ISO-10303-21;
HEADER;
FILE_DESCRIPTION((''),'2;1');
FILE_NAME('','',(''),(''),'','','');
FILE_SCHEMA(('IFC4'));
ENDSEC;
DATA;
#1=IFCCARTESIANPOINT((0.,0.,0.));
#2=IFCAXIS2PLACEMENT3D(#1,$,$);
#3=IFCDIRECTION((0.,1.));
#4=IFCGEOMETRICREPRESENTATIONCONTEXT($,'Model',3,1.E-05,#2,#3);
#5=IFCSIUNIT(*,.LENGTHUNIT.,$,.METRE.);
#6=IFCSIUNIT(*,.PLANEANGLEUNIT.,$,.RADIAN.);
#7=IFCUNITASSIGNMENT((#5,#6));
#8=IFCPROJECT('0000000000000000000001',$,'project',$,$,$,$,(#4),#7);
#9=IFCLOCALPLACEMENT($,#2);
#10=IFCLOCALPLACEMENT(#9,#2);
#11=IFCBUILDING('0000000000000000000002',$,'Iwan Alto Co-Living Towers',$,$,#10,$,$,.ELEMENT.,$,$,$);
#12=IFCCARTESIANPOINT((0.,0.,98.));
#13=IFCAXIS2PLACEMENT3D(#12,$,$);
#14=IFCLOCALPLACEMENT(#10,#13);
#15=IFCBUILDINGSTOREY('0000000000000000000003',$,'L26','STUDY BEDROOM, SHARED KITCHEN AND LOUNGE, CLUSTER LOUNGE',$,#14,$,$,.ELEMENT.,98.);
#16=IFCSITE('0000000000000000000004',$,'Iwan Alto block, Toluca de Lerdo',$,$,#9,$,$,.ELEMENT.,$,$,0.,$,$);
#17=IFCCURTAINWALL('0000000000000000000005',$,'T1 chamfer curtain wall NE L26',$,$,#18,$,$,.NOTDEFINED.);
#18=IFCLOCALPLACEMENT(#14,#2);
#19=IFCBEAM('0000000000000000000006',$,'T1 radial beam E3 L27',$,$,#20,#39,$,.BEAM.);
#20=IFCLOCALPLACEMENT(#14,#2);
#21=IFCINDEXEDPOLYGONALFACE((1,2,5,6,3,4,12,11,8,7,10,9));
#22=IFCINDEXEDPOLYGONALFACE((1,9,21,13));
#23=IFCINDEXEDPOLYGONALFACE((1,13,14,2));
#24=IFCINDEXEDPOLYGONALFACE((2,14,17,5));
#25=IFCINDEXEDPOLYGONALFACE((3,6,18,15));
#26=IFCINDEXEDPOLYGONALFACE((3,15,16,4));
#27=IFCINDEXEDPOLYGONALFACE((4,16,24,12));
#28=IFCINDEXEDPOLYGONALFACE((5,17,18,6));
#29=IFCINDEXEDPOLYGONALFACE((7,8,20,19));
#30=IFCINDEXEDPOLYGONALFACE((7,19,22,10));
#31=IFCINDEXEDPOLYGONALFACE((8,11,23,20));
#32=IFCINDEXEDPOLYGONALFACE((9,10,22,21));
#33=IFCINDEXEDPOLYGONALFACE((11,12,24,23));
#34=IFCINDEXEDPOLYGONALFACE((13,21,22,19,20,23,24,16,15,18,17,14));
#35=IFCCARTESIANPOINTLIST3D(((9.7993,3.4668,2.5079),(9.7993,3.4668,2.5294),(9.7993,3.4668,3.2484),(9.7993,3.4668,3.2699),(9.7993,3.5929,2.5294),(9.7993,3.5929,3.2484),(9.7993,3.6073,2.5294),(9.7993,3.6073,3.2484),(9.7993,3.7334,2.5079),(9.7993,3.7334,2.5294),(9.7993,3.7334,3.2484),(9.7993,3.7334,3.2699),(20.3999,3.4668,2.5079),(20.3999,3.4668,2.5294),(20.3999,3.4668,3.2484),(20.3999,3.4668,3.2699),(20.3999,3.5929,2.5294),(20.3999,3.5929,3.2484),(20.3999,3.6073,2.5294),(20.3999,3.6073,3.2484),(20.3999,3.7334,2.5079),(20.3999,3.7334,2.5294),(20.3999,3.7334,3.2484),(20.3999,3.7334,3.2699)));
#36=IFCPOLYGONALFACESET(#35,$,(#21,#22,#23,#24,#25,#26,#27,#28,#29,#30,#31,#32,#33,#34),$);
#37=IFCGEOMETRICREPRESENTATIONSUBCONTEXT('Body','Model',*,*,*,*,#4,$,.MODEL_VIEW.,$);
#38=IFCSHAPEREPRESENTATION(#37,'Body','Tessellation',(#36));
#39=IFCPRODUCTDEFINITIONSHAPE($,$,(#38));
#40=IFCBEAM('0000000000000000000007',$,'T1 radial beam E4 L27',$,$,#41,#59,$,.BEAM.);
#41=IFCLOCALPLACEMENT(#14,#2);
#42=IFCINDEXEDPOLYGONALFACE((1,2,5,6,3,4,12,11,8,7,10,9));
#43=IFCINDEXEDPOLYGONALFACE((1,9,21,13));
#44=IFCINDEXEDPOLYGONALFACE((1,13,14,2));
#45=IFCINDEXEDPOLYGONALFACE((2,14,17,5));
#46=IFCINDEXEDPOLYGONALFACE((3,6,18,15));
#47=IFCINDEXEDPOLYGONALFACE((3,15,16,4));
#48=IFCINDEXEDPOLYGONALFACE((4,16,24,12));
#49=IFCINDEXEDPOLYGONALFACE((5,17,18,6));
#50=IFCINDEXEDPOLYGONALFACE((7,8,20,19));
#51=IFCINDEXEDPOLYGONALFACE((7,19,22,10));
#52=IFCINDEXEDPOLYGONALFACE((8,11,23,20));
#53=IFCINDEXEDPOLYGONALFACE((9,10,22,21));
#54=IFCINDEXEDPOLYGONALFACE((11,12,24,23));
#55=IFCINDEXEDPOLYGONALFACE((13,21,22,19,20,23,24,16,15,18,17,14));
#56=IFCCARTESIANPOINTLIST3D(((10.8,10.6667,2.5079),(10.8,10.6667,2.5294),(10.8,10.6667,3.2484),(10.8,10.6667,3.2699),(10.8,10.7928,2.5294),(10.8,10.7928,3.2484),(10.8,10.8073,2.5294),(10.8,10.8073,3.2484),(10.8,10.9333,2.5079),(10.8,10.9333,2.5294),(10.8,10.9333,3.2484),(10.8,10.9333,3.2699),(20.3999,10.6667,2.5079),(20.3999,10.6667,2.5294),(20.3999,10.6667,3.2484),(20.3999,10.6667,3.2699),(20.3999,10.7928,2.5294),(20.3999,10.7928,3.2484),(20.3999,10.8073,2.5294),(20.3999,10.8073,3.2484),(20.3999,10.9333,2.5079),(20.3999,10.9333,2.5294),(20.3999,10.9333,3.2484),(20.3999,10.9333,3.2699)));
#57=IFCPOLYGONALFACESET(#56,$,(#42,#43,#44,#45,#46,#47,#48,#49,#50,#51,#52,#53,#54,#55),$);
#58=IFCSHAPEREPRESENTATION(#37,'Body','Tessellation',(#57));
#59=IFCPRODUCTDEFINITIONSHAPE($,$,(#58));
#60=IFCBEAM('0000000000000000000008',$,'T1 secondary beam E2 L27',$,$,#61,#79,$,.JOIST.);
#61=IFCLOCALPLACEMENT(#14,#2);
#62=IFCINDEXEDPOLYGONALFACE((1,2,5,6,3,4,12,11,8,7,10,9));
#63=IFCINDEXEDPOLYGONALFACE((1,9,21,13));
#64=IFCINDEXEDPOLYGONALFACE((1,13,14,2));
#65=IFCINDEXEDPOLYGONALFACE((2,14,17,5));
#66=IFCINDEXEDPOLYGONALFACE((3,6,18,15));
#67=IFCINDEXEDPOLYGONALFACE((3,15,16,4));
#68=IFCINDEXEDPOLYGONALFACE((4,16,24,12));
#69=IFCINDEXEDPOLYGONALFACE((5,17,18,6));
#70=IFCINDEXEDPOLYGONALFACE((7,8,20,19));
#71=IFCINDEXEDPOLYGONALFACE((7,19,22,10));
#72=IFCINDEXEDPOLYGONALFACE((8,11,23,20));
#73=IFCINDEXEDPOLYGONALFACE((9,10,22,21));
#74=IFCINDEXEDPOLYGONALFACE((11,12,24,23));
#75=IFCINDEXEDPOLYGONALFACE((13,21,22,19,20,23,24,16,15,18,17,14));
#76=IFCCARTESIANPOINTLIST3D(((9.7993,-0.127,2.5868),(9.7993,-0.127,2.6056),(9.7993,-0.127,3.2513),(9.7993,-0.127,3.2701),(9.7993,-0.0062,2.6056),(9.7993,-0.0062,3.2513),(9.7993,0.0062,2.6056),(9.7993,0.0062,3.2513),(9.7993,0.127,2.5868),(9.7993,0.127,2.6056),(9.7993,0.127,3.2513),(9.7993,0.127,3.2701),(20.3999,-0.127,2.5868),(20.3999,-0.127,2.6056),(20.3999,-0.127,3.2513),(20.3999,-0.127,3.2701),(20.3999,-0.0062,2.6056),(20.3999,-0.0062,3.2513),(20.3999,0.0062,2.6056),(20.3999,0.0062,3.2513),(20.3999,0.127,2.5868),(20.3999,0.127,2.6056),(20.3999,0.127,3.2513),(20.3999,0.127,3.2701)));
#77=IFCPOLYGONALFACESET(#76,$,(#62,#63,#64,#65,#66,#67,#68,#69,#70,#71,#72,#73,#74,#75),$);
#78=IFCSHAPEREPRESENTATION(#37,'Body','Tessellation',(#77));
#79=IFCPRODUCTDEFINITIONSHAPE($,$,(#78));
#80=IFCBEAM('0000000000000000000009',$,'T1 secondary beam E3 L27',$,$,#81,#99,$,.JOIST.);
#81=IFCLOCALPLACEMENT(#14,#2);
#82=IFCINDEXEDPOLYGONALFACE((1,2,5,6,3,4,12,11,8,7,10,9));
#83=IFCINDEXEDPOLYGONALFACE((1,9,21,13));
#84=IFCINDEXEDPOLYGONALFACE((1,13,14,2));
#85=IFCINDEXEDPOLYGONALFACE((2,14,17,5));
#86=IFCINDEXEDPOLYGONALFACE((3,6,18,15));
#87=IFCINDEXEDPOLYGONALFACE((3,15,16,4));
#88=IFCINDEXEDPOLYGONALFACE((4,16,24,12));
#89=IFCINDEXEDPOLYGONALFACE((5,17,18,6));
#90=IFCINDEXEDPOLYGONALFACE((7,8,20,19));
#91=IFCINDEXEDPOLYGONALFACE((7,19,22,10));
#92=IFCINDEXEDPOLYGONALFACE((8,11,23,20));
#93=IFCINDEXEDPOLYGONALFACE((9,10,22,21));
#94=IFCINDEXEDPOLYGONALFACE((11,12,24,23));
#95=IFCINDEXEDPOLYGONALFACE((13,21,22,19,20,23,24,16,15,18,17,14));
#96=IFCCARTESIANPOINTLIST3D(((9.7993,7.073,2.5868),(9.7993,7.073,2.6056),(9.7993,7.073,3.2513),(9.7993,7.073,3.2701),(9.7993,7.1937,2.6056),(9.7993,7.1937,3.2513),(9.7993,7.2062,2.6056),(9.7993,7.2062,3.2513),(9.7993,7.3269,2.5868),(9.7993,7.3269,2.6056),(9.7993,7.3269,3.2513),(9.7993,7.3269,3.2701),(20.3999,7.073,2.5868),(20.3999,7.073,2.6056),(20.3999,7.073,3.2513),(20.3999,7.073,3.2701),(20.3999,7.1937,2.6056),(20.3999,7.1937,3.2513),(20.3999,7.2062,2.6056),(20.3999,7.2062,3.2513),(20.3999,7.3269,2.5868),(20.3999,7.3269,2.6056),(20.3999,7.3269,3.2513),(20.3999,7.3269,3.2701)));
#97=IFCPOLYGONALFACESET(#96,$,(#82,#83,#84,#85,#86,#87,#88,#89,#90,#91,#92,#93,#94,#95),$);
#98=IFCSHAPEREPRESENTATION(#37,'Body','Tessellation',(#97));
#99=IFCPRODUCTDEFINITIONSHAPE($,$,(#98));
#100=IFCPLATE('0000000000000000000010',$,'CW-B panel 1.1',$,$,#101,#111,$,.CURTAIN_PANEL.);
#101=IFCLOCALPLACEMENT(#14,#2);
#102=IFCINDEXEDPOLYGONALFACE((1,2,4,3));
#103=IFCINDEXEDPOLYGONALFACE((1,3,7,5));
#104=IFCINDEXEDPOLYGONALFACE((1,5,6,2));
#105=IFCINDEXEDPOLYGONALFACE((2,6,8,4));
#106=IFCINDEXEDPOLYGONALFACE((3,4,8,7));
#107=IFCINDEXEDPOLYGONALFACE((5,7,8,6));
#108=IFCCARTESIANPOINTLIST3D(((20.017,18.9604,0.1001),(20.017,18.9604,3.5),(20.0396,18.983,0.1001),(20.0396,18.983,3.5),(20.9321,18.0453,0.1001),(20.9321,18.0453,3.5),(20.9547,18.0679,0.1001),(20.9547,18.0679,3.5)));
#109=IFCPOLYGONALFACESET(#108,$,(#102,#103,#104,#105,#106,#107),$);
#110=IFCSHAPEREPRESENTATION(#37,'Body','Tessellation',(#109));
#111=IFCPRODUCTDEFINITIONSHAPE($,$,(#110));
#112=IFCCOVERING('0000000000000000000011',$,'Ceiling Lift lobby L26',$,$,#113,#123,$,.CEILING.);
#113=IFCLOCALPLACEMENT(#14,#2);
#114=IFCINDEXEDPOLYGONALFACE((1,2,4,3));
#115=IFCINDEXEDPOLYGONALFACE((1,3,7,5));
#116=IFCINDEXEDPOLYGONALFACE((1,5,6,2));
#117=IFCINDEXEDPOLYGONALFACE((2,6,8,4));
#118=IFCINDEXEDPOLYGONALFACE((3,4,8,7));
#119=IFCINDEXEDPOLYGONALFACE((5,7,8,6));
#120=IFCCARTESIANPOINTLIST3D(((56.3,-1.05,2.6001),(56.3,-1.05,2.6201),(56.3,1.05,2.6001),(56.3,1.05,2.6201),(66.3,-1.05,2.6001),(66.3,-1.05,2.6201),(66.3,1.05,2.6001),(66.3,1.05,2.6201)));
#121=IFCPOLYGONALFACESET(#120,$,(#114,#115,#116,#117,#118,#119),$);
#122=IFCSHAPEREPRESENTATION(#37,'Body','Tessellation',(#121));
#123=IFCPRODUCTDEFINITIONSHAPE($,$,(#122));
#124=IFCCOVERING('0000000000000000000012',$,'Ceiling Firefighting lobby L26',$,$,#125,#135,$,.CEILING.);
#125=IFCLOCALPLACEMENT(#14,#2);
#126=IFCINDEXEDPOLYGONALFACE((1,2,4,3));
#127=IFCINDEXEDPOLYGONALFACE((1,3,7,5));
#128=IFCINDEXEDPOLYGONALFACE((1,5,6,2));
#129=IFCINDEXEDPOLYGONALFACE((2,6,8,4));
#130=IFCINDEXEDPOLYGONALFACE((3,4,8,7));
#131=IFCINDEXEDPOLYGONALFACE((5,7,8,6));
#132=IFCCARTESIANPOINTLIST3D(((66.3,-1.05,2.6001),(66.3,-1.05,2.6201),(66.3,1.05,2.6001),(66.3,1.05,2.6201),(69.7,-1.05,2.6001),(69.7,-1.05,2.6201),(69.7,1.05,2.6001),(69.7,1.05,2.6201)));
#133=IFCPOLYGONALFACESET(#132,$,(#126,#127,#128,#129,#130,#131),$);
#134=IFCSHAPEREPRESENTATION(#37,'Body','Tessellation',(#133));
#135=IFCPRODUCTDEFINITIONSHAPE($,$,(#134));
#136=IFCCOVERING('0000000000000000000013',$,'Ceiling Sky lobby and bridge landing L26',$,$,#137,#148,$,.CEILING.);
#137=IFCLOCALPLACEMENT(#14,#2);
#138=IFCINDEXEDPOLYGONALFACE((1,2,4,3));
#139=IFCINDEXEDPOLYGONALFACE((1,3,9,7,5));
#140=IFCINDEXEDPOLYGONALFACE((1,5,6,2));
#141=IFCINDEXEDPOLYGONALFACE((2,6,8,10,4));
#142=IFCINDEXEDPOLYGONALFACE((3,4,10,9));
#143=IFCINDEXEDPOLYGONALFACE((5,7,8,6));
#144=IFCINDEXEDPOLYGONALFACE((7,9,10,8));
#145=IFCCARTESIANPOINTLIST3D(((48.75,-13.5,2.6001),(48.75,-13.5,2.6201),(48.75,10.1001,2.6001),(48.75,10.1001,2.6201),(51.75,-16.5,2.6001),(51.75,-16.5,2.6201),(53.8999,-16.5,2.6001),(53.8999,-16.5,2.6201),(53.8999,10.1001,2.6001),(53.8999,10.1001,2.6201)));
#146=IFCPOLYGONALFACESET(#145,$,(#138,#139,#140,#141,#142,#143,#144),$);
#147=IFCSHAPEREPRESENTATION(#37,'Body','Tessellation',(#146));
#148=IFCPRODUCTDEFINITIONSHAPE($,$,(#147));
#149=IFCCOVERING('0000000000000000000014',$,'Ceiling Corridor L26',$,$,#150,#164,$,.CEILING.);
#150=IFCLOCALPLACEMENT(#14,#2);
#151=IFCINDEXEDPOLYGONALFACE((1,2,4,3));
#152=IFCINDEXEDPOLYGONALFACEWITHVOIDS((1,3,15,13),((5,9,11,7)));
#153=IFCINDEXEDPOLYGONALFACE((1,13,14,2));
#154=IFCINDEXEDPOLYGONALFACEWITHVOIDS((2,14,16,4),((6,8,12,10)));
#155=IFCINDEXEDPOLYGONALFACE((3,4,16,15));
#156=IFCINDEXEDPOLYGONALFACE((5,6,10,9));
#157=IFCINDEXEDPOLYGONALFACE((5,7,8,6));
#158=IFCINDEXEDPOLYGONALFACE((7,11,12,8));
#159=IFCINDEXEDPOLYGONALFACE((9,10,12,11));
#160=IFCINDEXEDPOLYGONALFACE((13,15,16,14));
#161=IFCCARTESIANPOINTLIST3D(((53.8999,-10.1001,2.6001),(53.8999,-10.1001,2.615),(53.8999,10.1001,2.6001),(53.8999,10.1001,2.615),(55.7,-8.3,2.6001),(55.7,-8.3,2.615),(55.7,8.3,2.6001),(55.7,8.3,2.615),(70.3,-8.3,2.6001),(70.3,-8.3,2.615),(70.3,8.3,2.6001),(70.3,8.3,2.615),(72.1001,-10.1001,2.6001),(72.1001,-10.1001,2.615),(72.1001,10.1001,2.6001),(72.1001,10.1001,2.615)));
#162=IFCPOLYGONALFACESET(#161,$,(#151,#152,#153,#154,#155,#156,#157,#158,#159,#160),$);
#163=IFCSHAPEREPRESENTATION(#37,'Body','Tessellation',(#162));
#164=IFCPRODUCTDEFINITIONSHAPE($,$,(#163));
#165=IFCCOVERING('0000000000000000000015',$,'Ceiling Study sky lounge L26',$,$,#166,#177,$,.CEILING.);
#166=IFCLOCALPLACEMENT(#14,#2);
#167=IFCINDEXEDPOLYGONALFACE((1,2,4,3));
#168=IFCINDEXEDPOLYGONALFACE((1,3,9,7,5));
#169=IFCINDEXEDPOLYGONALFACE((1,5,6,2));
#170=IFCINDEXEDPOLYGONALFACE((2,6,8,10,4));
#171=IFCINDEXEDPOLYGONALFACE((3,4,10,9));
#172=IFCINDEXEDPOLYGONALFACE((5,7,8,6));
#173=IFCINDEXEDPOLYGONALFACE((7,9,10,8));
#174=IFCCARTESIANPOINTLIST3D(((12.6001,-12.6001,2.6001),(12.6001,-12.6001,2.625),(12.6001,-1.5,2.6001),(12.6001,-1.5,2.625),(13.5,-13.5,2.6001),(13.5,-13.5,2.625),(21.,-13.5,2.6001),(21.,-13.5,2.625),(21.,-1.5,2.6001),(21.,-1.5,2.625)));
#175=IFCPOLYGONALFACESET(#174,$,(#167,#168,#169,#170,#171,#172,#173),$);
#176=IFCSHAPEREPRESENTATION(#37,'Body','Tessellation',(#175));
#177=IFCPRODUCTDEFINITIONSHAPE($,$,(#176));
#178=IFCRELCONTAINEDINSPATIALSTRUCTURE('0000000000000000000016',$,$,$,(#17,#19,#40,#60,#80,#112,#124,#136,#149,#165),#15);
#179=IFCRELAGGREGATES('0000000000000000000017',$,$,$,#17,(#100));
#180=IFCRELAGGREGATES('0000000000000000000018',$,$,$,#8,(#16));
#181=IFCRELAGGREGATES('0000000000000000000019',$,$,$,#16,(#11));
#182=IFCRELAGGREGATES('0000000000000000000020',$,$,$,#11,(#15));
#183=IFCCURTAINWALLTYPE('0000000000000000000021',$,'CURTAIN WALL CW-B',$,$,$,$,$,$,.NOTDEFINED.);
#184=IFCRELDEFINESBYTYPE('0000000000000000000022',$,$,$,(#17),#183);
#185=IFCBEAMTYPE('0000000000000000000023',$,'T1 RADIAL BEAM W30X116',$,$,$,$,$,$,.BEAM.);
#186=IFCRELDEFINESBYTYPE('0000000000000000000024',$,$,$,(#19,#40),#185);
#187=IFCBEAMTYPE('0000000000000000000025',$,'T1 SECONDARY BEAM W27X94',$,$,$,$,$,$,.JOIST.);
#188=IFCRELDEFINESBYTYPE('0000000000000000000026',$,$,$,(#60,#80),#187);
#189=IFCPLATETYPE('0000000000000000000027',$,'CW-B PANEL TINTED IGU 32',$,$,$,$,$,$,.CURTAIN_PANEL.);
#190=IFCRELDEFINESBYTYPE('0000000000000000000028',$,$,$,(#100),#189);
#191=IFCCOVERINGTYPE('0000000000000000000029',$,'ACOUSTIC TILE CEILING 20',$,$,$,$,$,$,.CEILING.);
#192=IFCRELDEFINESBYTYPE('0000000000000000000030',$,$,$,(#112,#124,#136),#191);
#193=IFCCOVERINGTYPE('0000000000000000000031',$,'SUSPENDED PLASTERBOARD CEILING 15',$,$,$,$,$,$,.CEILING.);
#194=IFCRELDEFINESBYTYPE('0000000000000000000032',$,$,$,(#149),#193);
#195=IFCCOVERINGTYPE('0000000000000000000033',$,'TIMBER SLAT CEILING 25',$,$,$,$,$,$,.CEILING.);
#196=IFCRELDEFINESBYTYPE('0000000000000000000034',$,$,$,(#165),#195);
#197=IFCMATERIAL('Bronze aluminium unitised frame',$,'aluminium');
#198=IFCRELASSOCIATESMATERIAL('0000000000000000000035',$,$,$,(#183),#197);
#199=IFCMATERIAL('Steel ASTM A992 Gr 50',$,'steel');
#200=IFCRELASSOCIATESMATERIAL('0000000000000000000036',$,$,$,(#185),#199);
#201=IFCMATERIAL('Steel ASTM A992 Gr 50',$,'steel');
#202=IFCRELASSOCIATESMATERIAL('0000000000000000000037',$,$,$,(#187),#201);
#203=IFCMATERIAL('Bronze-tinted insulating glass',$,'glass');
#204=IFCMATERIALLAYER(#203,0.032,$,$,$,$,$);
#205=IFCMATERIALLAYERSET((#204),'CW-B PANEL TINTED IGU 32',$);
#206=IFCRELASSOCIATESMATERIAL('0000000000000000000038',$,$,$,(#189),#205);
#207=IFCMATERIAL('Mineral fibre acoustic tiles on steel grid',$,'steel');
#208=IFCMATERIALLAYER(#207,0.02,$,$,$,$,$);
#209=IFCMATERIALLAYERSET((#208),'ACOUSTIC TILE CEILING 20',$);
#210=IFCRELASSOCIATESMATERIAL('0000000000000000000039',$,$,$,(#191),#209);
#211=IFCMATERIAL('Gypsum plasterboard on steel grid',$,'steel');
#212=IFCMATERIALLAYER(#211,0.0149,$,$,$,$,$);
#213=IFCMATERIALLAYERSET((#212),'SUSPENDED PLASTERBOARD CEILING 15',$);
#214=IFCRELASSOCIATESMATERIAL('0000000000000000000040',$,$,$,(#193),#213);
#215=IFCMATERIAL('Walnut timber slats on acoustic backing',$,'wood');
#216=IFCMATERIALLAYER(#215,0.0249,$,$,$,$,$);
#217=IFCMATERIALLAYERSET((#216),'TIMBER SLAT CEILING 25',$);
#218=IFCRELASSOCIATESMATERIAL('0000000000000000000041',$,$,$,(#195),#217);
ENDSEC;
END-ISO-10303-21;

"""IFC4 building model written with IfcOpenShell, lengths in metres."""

from ifc_helpers import new_model, si_unit, direction, frame, origin, origin_2d, place, context, subcontext, project, spatial, polyline, rectangle, i_section, outline, extrude, material, layer, layer_set, material_profile, profile_set, type_object, element, aggregate, save


model = new_model("IFC4")

# Units and contexts
model_context = context("Model", 3, precision=1e-05, world=origin(), true_north=direction((0.0, 1.0)))
body_context = subcontext(model_context, "Body", "Model", "MODEL_VIEW")
ifc_project = project(units=[si_unit("LENGTHUNIT", "METRE"), si_unit("PLANEANGLEUNIT", "RADIAN")], contexts=[model_context])

# Site, building, storey
site_placement = place(None, origin())
site = spatial("IfcSite", under=ifc_project, at=site_placement, Name="Iwan Alto block, Toluca de Lerdo", CompositionType="ELEMENT", RefElevation=0.0)
building_placement = place(site_placement, origin())
building = spatial("IfcBuilding", under=site, at=building_placement, Name="Iwan Alto Co-Living Towers", CompositionType="ELEMENT")
storey_placement = place(building_placement, frame((0.0, 0.0, 98.0)))
storey = spatial("IfcBuildingStorey", under=building, at=storey_placement, Name="L26", Description="STUDY BEDROOM, SHARED KITCHEN AND LOUNGE, CLUSTER LOUNGE", CompositionType="ELEMENT", Elevation=98.0)

# Curtain wall
ifc_material_1 = material(Name="Bronze aluminium unitised frame", Category="aluminium")
curtain_wall_type = type_object("IfcCurtainWallType", Name="CURTAIN WALL CW-B", PredefinedType="NOTDEFINED", material=ifc_material_1)
curtain_wall_placement = place(storey_placement, origin())
curtain_wall = element("IfcCurtainWall", 1, at=curtain_wall_placement, inside=storey, type_object=curtain_wall_type, Name="T1 chamfer curtain wall NE L26", PredefinedType="NOTDEFINED")

# Beams
ifc_material_2 = material(Name="Steel ASTM A992 Gr 50", Category="steel")
ifc_material_profile_1 = material_profile(ifc_material_2, i_section(OverallWidth=0.2666, OverallDepth=0.762, WebThickness=0.0144, FlangeThickness=0.0215, at=origin_2d()), Name="W30X116")
ifc_profile_set_1 = profile_set([ifc_material_profile_1], Name="Steel ASTM A992 Gr 50")
beam_type_1 = type_object("IfcBeamType", Name="T1 RADIAL BEAM W30X116", PredefinedType="BEAM", material=ifc_profile_set_1)
beam_1_placement = place(storey_placement, frame((20.3999, 3.6001, 2.8889), z_axis=(-1.0, 0.0, 0.0), x_axis=(0.0, -1.0, 0.0)))
element("IfcBeam", 2, at=beam_1_placement, inside=storey, type_object=beam_type_1, Name="T1 radial beam E3 L27", PredefinedType="BEAM", context=body_context, shape_type="SweptSolid", body=[
    extrude(i_section(OverallWidth=0.2666, OverallDepth=0.762, WebThickness=0.0144, FlangeThickness=0.0215, at=origin_2d()), origin(), (0.0, 0.0, 1.0), 10.6006),
])
beam_2_placement = place(storey_placement, frame((20.3999, 10.8, 2.8889), z_axis=(-1.0, 0.0, 0.0), x_axis=(0.0, -1.0, 0.0)))
element("IfcBeam", 3, at=beam_2_placement, inside=storey, type_object=beam_type_1, Name="T1 radial beam E4 L27", PredefinedType="BEAM", context=body_context, shape_type="SweptSolid", body=[
    extrude(i_section(OverallWidth=0.2666, OverallDepth=0.762, WebThickness=0.0144, FlangeThickness=0.0215, at=origin_2d()), origin(), (0.0, 0.0, 1.0), 9.5999),
])
ifc_material_3 = material(Name="Steel ASTM A992 Gr 50", Category="steel")
ifc_material_profile_2 = material_profile(ifc_material_3, i_section(OverallWidth=0.2539, OverallDepth=0.6833, WebThickness=0.0125, FlangeThickness=0.0188, at=origin_2d()), Name="W27X94")
ifc_profile_set_2 = profile_set([ifc_material_profile_2], Name="Steel ASTM A992 Gr 50")
beam_type_2 = type_object("IfcBeamType", Name="T1 SECONDARY BEAM W27X94", PredefinedType="JOIST", material=ifc_profile_set_2)
for number, where, z_axis, x_axis, name in (
    (4, (20.3999, 0.0, 2.9285), (-1.0, 0.0, 0.0), (0.0, -1.0, 0.0), "T1 secondary beam E2 L27"),
    (5, (20.3999, 7.2, 2.9285), (-1.0, 0.0, 0.0), (0.0, -1.0, 0.0), "T1 secondary beam E3 L27"),
):
    element("IfcBeam", number, at=place(storey_placement, frame(where, z_axis=z_axis, x_axis=x_axis)), inside=storey, type_object=beam_type_2, Name=name, PredefinedType="JOIST", context=body_context, shape_type="SweptSolid", body=[
        extrude(i_section(OverallWidth=0.2539, OverallDepth=0.6833, WebThickness=0.0125, FlangeThickness=0.0188, at=origin_2d()), origin(), (0.0, 0.0, 1.0), 10.6006),
    ])

# Plate
ifc_material_4 = material(Name="Bronze-tinted insulating glass", Category="glass")
ifc_layer_1 = layer(ifc_material_4, 0.032)
ifc_layer_set_1 = layer_set([ifc_layer_1], Name="CW-B PANEL TINTED IGU 32")
plate_type = type_object("IfcPlateType", Name="CW-B PANEL TINTED IGU 32", PredefinedType="CURTAIN_PANEL", material=ifc_layer_set_1)
plate_placement = place(storey_placement, frame((20.4858, 18.5142, 0.1001), z_axis=(0.0, 0.0, 1.0), x_axis=(-0.707107, 0.707107, 0.0)))
plate = element("IfcPlate", 6, at=plate_placement, type_object=plate_type, Name="CW-B panel 1.1", PredefinedType="CURTAIN_PANEL", context=body_context, shape_type="SweptSolid", body=[
    extrude(rectangle(XDim=1.2942, YDim=0.032, at=origin_2d()), origin(), (0.0, 0.0, 1.0), 3.3999),
])
aggregate(curtain_wall, [plate])

# Coverings
ifc_material_5 = material(Name="Mineral fibre acoustic tiles on steel grid", Category="steel")
ifc_layer_2 = layer(ifc_material_5, 0.02)
ifc_layer_set_2 = layer_set([ifc_layer_2], Name="ACOUSTIC TILE CEILING 20")
covering_type_1 = type_object("IfcCoveringType", Name="ACOUSTIC TILE CEILING 20", PredefinedType="CEILING", material=ifc_layer_set_2)
covering_1_placement = place(storey_placement, frame((0.0, 0.0, 2.6001)))
element("IfcCovering", 7, at=covering_1_placement, inside=storey, type_object=covering_type_1, Name="Ceiling Lift lobby L26", PredefinedType="CEILING", context=body_context, shape_type="SweptSolid", body=[
    extrude(outline(polyline([(56.3, -1.05), (56.3, 1.05), (66.3, 1.05), (66.3, -1.05), (56.3, -1.05)])), origin(), (0.0, 0.0, 1.0), 0.02),
])
covering_2_placement = place(storey_placement, frame((0.0, 0.0, 2.6001)))
element("IfcCovering", 8, at=covering_2_placement, inside=storey, type_object=covering_type_1, Name="Ceiling Firefighting lobby L26", PredefinedType="CEILING", context=body_context, shape_type="SweptSolid", body=[
    extrude(outline(polyline([(66.3, -1.05), (66.3, 1.05), (69.7, 1.05), (69.7, -1.05), (66.3, -1.05)])), origin(), (0.0, 0.0, 1.0), 0.02),
])
covering_3_placement = place(storey_placement, frame((0.0, 0.0, 2.6001)))
element("IfcCovering", 9, at=covering_3_placement, inside=storey, type_object=covering_type_1, Name="Ceiling Sky lobby and bridge landing L26", PredefinedType="CEILING", context=body_context, shape_type="SweptSolid", body=[
    extrude(outline(polyline([(53.8999, -16.5), (51.75, -16.5), (48.75, -13.5), (48.75, 10.1001), (53.8999, 10.1001), (53.8999, -16.5)])), origin(), (0.0, 0.0, 1.0), 0.02),
])
ifc_material_6 = material(Name="Gypsum plasterboard on steel grid", Category="steel")
ifc_layer_3 = layer(ifc_material_6, 0.0149)
ifc_layer_set_3 = layer_set([ifc_layer_3], Name="SUSPENDED PLASTERBOARD CEILING 15")
covering_type_2 = type_object("IfcCoveringType", Name="SUSPENDED PLASTERBOARD CEILING 15", PredefinedType="CEILING", material=ifc_layer_set_3)
covering_4_placement = place(storey_placement, frame((0.0, 0.0, 2.6001)))
element("IfcCovering", 10, at=covering_4_placement, inside=storey, type_object=covering_type_2, Name="Ceiling Corridor L26", PredefinedType="CEILING", context=body_context, shape_type="SweptSolid", body=[
    extrude(outline(polyline([(53.8999, 10.1001), (72.1001, 10.1001), (72.1001, -10.1001), (53.8999, -10.1001), (53.8999, 10.1001)]), holes=[polyline([(55.7, 8.3), (55.7, -8.3), (70.3, -8.3), (70.3, 8.3), (55.7, 8.3)])]), origin(), (0.0, 0.0, 1.0), 0.0149),
])
ifc_material_7 = material(Name="Walnut timber slats on acoustic backing", Category="wood")
ifc_layer_4 = layer(ifc_material_7, 0.0249)
ifc_layer_set_4 = layer_set([ifc_layer_4], Name="TIMBER SLAT CEILING 25")
covering_type_3 = type_object("IfcCoveringType", Name="TIMBER SLAT CEILING 25", PredefinedType="CEILING", material=ifc_layer_set_4)
covering_5_placement = place(storey_placement, frame((0.0, 0.0, 2.6001)))
element("IfcCovering", 11, at=covering_5_placement, inside=storey, type_object=covering_type_3, Name="Ceiling Study sky lounge L26", PredefinedType="CEILING", context=body_context, shape_type="SweptSolid", body=[
    extrude(outline(polyline([(21.0, -1.5), (21.0, -13.5), (13.5, -13.5), (12.6001, -12.6001), (12.6001, -1.5), (21.0, -1.5)])), origin(), (0.0, 0.0, 1.0), 0.0249),
])

save(model, "model.ifc")
